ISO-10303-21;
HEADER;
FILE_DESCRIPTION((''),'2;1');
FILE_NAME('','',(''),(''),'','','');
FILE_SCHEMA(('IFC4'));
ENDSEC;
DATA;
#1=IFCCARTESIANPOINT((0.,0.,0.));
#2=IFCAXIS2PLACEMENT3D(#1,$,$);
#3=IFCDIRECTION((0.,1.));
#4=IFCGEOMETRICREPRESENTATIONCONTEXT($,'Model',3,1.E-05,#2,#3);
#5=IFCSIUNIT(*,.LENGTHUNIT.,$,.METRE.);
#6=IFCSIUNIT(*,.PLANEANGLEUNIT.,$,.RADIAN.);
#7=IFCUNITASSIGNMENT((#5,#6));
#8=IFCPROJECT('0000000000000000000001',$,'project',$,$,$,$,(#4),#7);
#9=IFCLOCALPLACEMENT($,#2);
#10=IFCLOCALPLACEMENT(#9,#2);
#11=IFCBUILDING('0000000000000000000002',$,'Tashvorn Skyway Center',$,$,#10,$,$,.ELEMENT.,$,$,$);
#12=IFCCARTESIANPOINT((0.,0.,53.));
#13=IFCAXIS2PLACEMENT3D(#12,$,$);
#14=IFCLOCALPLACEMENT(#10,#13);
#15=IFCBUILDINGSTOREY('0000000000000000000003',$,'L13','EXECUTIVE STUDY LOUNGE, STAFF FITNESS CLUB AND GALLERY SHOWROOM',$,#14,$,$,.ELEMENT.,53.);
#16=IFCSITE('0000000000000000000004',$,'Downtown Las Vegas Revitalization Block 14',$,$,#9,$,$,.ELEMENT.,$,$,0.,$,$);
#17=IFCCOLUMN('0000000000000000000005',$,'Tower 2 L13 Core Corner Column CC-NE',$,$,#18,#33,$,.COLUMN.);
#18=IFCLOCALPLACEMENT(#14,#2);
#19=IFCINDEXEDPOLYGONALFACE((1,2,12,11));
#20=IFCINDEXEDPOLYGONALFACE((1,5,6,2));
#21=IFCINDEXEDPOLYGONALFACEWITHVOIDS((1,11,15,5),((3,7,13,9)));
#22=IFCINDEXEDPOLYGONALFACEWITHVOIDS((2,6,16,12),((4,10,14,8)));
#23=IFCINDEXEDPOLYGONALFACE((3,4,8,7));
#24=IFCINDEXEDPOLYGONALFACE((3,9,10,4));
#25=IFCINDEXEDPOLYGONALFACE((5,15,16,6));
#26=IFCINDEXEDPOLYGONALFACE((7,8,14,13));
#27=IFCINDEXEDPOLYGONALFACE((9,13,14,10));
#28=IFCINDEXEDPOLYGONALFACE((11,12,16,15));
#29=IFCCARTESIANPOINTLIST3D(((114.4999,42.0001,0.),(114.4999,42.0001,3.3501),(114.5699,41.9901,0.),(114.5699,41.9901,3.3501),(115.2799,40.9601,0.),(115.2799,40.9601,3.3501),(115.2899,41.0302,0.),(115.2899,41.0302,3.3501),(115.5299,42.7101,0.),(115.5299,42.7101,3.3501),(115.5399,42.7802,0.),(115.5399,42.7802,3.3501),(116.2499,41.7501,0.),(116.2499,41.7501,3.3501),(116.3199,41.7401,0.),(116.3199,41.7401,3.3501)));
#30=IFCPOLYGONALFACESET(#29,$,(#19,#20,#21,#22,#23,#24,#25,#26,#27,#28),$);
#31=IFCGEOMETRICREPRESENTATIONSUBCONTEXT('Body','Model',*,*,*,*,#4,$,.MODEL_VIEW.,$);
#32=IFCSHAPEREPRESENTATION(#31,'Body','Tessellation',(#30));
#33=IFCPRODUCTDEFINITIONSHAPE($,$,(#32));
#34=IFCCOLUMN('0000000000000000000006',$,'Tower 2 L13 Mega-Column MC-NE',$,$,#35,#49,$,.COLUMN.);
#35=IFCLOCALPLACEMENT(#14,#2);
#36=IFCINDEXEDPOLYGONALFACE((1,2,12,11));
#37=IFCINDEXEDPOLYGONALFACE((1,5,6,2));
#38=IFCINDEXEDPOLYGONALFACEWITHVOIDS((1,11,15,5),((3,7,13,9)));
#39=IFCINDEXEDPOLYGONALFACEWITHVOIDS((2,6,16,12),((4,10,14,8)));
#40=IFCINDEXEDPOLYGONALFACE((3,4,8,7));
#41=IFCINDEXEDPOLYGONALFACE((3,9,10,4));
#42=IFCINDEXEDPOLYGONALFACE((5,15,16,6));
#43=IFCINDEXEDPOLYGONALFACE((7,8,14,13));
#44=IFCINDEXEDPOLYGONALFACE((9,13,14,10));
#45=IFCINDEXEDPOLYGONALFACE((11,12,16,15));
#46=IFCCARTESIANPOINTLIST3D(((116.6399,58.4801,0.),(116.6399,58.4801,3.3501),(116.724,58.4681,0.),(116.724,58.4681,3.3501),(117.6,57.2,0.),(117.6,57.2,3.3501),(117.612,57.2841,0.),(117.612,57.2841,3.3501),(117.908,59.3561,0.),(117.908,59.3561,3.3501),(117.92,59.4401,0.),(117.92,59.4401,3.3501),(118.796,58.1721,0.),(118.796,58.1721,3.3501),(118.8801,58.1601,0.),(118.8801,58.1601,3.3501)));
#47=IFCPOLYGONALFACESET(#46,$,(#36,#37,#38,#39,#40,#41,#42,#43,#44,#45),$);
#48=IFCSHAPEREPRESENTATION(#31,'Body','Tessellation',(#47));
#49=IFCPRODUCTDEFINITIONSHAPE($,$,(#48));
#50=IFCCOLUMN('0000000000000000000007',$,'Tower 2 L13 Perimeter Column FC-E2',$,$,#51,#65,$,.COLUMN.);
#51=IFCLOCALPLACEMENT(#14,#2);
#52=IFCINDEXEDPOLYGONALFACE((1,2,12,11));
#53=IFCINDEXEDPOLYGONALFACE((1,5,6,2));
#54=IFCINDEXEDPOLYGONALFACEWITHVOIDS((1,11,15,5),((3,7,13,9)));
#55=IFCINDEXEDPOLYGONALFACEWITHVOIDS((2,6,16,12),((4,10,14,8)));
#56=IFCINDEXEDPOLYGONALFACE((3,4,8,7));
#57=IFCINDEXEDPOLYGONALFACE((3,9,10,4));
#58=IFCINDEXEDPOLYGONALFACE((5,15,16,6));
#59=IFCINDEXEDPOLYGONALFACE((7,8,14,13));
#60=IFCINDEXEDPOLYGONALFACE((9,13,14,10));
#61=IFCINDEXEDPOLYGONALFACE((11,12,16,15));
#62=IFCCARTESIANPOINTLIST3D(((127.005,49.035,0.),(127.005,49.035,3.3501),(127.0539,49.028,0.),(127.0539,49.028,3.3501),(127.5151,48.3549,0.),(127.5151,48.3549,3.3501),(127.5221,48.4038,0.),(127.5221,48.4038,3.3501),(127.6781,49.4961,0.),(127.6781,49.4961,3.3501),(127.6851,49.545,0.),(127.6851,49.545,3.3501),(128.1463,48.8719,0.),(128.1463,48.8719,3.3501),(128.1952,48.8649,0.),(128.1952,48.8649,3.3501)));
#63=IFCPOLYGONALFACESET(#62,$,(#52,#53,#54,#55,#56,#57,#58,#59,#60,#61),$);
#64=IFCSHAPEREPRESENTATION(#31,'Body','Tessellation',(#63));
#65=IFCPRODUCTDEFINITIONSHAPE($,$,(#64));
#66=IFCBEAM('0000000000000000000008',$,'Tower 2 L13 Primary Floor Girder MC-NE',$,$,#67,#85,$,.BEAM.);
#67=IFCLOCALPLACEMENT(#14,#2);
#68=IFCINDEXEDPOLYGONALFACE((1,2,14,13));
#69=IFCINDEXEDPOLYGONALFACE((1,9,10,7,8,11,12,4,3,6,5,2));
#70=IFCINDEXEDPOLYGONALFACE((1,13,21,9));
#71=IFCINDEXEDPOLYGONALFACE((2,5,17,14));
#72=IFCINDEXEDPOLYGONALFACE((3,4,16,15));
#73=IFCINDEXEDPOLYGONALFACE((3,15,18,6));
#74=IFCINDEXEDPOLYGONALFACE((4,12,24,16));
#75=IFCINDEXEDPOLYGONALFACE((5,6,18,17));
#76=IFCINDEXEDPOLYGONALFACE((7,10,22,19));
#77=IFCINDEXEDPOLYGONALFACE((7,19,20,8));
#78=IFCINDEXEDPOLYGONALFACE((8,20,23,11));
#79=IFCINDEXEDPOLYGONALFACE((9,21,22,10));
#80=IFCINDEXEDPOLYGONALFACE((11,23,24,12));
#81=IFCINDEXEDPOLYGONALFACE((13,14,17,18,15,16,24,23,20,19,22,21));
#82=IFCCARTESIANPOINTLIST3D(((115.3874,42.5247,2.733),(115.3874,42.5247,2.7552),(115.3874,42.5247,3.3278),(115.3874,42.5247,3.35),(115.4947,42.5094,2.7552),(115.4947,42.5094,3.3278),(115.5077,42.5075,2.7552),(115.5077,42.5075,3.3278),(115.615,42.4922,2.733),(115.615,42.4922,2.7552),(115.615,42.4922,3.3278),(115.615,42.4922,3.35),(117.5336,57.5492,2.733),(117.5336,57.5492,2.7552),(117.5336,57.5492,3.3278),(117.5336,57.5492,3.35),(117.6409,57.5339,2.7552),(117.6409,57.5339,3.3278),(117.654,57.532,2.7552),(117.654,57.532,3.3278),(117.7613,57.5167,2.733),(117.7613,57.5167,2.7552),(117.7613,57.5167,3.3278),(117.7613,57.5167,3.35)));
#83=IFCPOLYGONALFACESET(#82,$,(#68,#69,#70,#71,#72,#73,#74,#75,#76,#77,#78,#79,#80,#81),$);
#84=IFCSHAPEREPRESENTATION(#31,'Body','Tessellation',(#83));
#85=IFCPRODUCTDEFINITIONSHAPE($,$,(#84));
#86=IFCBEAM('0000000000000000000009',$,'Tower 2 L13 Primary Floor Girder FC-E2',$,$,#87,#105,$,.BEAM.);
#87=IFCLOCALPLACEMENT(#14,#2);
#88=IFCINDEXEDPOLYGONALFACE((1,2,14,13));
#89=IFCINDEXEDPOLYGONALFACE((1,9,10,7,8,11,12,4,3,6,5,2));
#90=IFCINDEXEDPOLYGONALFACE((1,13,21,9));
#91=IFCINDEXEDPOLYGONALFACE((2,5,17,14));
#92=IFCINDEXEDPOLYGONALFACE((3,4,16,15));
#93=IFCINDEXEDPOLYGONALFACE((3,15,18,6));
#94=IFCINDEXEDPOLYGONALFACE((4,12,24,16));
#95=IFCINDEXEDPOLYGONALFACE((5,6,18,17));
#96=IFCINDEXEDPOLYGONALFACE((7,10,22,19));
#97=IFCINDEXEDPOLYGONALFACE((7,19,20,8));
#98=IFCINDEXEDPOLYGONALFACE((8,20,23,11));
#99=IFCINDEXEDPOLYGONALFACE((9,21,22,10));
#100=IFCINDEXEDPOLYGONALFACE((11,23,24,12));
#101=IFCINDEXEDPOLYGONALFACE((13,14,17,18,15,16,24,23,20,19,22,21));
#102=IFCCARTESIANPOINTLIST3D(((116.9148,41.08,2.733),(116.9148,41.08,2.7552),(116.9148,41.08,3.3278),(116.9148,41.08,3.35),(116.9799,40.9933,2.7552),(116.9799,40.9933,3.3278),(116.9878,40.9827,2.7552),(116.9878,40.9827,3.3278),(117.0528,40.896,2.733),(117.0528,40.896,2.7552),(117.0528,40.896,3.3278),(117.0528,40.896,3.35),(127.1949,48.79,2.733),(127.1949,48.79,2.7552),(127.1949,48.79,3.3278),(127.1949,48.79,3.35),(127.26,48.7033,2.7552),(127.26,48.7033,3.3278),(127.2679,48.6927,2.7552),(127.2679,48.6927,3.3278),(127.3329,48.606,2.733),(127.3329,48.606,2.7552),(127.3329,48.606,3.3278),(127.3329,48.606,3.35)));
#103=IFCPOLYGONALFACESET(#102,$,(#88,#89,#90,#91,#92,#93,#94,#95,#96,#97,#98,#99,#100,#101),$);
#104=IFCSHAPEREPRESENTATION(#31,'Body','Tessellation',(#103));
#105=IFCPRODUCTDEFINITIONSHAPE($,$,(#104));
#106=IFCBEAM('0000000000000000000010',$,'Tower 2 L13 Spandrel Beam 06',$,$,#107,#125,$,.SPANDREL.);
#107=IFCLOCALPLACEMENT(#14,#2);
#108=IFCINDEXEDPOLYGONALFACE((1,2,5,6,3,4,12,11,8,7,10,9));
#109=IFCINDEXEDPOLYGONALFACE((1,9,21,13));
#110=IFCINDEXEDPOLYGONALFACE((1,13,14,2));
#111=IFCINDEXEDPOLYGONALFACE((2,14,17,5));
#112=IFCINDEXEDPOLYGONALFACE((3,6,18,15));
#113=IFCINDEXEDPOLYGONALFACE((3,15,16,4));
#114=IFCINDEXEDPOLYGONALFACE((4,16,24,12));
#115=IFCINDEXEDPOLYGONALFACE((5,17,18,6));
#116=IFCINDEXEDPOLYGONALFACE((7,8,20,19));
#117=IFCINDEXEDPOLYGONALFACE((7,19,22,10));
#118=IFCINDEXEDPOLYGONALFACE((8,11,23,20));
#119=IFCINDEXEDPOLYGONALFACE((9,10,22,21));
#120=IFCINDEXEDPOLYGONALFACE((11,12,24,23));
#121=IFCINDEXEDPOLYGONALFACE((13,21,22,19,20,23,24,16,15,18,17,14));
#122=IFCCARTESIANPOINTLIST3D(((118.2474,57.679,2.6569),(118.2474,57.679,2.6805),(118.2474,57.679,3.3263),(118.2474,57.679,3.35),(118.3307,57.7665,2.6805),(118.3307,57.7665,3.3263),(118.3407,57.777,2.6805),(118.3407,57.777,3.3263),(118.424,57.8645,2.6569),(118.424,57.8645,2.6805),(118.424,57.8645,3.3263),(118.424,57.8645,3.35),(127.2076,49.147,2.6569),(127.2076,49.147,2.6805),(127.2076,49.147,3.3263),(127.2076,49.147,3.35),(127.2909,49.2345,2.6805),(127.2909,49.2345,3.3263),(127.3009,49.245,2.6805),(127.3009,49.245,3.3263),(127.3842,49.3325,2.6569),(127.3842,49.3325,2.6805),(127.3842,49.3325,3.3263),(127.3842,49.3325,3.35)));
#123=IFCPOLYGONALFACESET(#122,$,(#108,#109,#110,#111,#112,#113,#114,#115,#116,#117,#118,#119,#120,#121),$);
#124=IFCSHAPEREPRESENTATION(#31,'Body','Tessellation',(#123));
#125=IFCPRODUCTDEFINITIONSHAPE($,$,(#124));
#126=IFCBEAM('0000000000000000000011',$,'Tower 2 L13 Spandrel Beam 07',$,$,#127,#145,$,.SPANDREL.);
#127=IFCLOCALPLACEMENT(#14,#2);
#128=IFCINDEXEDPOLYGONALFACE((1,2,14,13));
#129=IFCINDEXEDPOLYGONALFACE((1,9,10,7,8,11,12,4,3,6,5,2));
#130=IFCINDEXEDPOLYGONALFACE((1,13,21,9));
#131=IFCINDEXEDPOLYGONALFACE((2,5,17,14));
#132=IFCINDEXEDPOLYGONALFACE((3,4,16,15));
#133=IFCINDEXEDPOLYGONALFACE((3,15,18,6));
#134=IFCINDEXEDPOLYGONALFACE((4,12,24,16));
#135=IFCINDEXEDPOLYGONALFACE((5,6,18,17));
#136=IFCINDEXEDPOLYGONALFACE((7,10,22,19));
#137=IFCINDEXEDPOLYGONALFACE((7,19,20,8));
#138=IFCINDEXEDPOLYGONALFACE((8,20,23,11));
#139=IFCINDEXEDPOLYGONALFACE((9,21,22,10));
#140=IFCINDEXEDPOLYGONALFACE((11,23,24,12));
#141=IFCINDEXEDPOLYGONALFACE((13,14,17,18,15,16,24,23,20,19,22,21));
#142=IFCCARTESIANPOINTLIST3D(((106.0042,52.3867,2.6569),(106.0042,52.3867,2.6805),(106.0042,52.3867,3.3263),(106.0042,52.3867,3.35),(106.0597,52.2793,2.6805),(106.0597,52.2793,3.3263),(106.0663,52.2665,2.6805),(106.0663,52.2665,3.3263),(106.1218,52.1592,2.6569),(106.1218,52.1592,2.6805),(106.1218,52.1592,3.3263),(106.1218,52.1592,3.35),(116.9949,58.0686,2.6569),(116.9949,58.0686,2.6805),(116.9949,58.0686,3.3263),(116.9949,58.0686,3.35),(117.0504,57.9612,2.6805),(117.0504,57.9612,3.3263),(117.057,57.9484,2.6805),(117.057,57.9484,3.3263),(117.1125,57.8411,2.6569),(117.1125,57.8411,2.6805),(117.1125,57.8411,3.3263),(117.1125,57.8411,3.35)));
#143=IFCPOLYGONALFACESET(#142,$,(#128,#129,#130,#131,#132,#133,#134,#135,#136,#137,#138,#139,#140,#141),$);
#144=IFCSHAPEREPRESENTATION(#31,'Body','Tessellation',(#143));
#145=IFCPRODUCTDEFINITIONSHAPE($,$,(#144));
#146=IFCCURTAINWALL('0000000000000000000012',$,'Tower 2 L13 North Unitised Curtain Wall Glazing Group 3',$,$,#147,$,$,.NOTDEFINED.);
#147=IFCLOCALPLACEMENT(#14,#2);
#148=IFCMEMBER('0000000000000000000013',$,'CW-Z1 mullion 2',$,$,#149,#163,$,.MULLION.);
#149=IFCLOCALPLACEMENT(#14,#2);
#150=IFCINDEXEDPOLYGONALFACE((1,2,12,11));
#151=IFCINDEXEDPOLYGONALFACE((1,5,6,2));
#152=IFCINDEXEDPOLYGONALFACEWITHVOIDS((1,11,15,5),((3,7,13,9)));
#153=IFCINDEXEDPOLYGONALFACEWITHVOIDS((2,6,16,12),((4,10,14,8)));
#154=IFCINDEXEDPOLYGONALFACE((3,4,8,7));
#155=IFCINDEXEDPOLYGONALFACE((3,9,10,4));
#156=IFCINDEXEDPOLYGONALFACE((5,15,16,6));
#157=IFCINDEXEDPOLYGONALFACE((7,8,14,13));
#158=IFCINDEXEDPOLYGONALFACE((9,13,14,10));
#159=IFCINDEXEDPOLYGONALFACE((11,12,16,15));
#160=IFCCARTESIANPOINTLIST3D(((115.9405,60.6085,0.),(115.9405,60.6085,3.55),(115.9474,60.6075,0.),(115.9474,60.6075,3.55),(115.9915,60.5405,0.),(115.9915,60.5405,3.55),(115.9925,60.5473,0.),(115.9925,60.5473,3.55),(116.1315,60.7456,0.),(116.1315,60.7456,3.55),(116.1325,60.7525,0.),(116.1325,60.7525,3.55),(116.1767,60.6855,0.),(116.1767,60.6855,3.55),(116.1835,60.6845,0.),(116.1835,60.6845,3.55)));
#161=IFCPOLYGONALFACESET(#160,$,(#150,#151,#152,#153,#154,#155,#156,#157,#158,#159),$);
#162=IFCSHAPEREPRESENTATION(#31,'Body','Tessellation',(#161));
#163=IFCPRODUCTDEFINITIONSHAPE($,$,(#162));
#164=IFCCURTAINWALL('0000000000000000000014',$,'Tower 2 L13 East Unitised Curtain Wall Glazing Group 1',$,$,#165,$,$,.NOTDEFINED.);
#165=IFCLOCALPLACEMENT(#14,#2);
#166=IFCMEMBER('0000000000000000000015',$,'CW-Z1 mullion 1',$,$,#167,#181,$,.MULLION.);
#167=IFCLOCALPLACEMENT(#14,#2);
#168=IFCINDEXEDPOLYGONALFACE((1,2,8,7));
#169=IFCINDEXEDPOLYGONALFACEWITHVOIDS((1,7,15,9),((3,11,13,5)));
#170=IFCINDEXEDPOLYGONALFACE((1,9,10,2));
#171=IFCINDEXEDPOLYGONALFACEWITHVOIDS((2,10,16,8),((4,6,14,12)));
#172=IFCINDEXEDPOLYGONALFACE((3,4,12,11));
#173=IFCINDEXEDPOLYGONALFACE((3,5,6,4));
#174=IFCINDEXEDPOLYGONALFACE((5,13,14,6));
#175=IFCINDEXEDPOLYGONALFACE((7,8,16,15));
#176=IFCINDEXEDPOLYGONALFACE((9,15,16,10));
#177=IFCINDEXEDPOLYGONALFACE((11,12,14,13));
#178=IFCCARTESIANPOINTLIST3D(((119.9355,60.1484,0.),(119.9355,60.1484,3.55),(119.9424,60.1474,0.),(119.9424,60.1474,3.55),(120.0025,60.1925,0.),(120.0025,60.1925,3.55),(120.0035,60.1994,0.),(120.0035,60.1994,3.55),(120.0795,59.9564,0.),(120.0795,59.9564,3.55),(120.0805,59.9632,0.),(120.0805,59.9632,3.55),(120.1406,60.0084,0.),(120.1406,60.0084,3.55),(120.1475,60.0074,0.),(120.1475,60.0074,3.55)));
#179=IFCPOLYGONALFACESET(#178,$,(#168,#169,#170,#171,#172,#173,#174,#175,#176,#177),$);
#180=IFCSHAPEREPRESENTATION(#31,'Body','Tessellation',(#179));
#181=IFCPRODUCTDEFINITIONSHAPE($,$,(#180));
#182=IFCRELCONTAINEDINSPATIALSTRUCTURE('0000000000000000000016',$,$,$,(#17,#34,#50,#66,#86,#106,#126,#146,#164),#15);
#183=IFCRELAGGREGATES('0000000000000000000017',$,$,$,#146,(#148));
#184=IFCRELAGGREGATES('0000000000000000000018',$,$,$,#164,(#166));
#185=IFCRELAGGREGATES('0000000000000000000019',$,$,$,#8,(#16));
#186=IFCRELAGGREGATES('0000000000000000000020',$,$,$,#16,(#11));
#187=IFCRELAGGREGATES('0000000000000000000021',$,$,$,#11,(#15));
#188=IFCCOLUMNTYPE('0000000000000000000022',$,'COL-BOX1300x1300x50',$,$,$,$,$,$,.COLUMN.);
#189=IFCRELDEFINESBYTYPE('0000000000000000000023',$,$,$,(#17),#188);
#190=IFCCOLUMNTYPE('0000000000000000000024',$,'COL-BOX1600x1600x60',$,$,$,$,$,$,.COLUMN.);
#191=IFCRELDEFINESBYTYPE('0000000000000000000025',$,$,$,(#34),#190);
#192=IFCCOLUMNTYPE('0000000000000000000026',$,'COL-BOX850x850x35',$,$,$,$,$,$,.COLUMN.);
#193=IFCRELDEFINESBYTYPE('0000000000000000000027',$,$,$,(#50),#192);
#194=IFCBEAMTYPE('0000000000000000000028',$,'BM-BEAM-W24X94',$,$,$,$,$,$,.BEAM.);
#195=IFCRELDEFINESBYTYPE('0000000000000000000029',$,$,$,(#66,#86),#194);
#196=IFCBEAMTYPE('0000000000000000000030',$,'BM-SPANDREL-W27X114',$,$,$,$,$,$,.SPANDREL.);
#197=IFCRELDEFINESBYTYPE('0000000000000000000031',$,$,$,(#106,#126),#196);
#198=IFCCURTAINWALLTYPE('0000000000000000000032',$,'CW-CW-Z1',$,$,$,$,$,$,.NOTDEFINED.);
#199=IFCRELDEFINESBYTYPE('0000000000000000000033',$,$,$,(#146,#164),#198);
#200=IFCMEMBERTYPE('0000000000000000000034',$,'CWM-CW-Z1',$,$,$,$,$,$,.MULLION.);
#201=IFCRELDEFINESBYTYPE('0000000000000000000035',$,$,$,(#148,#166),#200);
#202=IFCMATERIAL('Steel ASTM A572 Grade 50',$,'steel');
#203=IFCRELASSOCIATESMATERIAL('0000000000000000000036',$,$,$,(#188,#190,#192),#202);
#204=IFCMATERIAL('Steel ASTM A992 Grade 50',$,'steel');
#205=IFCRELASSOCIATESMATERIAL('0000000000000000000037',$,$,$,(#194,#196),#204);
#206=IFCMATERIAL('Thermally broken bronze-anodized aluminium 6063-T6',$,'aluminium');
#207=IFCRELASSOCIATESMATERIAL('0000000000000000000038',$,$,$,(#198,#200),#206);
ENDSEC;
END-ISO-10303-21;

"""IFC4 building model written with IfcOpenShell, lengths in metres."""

from ifc_helpers import new_model, si_unit, direction, frame, origin, origin_2d, place, context, subcontext, project, spatial, hollow_rectangle, i_section, extrude, material, material_profile, profile_set, type_object, element, aggregate, save


model = new_model("IFC4")

# Units and contexts
model_context = context("Model", 3, precision=1e-05, world=origin(), true_north=direction((0.0, 1.0)))
body_context = subcontext(model_context, "Body", "Model", "MODEL_VIEW")
ifc_project = project(units=[si_unit("LENGTHUNIT", "METRE"), si_unit("PLANEANGLEUNIT", "RADIAN")], contexts=[model_context])

# Site, building, storey
site_placement = place(None, origin())
site = spatial("IfcSite", under=ifc_project, at=site_placement, Name="Downtown Las Vegas Revitalization Block 14", CompositionType="ELEMENT", RefElevation=0.0)
building_placement = place(site_placement, origin())
building = spatial("IfcBuilding", under=site, at=building_placement, Name="Tashvorn Skyway Center", CompositionType="ELEMENT")
storey_placement = place(building_placement, frame((0.0, 0.0, 53.0)))
storey = spatial("IfcBuildingStorey", under=building, at=storey_placement, Name="L13", Description="EXECUTIVE STUDY LOUNGE, STAFF FITNESS CLUB AND GALLERY SHOWROOM", CompositionType="ELEMENT", Elevation=53.0)

# Columns
ifc_material_1 = material(Name="Steel ASTM A572 Grade 50", Category="steel")
ifc_material_profile_1 = material_profile(ifc_material_1, hollow_rectangle(XDim=1.3, YDim=1.3, WallThickness=0.05, at=origin_2d()), Name="BOX1300x1300x50")
ifc_profile_set_1 = profile_set([ifc_material_profile_1], Name="Steel ASTM A572 Grade 50")
column_type_1 = type_object("IfcColumnType", Name="COL-BOX1300x1300x50", PredefinedType="COLUMN", material=ifc_profile_set_1)
column_1_placement = place(storey_placement, frame((115.4099, 41.8701, 0.0), z_axis=(0.0, 0.0, 1.0), x_axis=(0.8, 0.6, 0.0)))
element("IfcColumn", 1, at=column_1_placement, inside=storey, type_object=column_type_1, Name="Tower 2 L13 Core Corner Column CC-NE", PredefinedType="COLUMN", context=body_context, shape_type="SweptSolid", body=[
    extrude(hollow_rectangle(XDim=1.3, YDim=1.3, WallThickness=0.05, at=origin_2d()), origin(), (0.0, 0.0, 1.0), 3.3501),
])
ifc_material_profile_2 = material_profile(ifc_material_1, hollow_rectangle(XDim=1.6001, YDim=1.6001, WallThickness=0.0601, at=origin_2d()), Name="BOX1600x1600x60")
ifc_profile_set_2 = profile_set([ifc_material_profile_2], Name="Steel ASTM A572 Grade 50")
column_type_2 = type_object("IfcColumnType", Name="COL-BOX1600x1600x60", PredefinedType="COLUMN", material=ifc_profile_set_2)
column_2_placement = place(storey_placement, frame((117.76, 58.3201, 0.0), z_axis=(0.0, 0.0, 1.0), x_axis=(0.8, 0.6, 0.0)))
element("IfcColumn", 2, at=column_2_placement, inside=storey, type_object=column_type_2, Name="Tower 2 L13 Mega-Column MC-NE", PredefinedType="COLUMN", context=body_context, shape_type="SweptSolid", body=[
    extrude(hollow_rectangle(XDim=1.6001, YDim=1.6001, WallThickness=0.0601, at=origin_2d()), origin(), (0.0, 0.0, 1.0), 3.3501),
])
ifc_material_profile_3 = material_profile(ifc_material_1, hollow_rectangle(XDim=0.8501, YDim=0.8501, WallThickness=0.0349, at=origin_2d()), Name="BOX850x850x35")
ifc_profile_set_3 = profile_set([ifc_material_profile_3], Name="Steel ASTM A572 Grade 50")
column_type_3 = type_object("IfcColumnType", Name="COL-BOX850x850x35", PredefinedType="COLUMN", material=ifc_profile_set_3)
column_3_placement = place(storey_placement, frame((127.6001, 48.95, 0.0), z_axis=(0.0, 0.0, 1.0), x_axis=(0.8, 0.6, 0.0)))
element("IfcColumn", 3, at=column_3_placement, inside=storey, type_object=column_type_3, Name="Tower 2 L13 Perimeter Column FC-E2", PredefinedType="COLUMN", context=body_context, shape_type="SweptSolid", body=[
    extrude(hollow_rectangle(XDim=0.8501, YDim=0.8501, WallThickness=0.0349, at=origin_2d()), origin(), (0.0, 0.0, 1.0), 3.3501),
])

# Beams
ifc_material_2 = material(Name="Steel ASTM A992 Grade 50", Category="steel")
ifc_material_profile_4 = material_profile(ifc_material_2, i_section(OverallWidth=0.23, OverallDepth=0.6169, WebThickness=0.0132, FlangeThickness=0.0222, at=origin_2d()), Name="W24X94")
ifc_profile_set_4 = profile_set([ifc_material_profile_4], Name="Steel ASTM A992 Grade 50")
beam_type_1 = type_object("IfcBeamType", Name="BM-BEAM-W24X94", PredefinedType="BEAM", material=ifc_profile_set_4)
beam_1_placement = place(storey_placement, frame((117.6475, 57.533, 3.0415), z_axis=(-0.141415, -0.98995, 0.0), x_axis=(0.98995, -0.141415, 0.0)))
element("IfcBeam", 4, at=beam_1_placement, inside=storey, type_object=beam_type_1, Name="Tower 2 L13 Primary Floor Girder MC-NE", PredefinedType="BEAM", context=body_context, shape_type="SweptSolid", body=[
    extrude(i_section(OverallWidth=0.23, OverallDepth=0.6169, WebThickness=0.0132, FlangeThickness=0.0222, at=origin_2d()), origin(), (0.0, 0.0, 1.0), 15.177),
])
beam_2_placement = place(storey_placement, frame((127.2639, 48.698, 3.0415), z_axis=(-0.800002, -0.599997, 0.0), x_axis=(0.599997, -0.800002, 0.0)))
element("IfcBeam", 5, at=beam_2_placement, inside=storey, type_object=beam_type_1, Name="Tower 2 L13 Primary Floor Girder FC-E2", PredefinedType="BEAM", context=body_context, shape_type="SweptSolid", body=[
    extrude(i_section(OverallWidth=0.23, OverallDepth=0.6169, WebThickness=0.0132, FlangeThickness=0.0222, at=origin_2d()), origin(), (0.0, 0.0, 1.0), 12.8501),
])
ifc_material_profile_5 = material_profile(ifc_material_2, i_section(OverallWidth=0.2561, OverallDepth=0.6931, WebThickness=0.0144, FlangeThickness=0.0237, at=origin_2d()), Name="W27X114")
ifc_profile_set_5 = profile_set([ifc_material_profile_5], Name="Steel ASTM A992 Grade 50")
beam_type_2 = type_object("IfcBeamType", Name="BM-SPANDREL-W27X114", PredefinedType="SPANDREL", material=ifc_profile_set_5)
for number, where, z_axis, x_axis, name in (
    (6, (127.2959, 49.2397, 3.0034), (-0.7242, 0.68959, 0.0), (-0.68959, -0.7242, 0.0), "Tower 2 L13 Spandrel Beam 06"),
    (7, (117.0537, 57.9548, 3.0034), (-0.888316, -0.459233, 0.0), (0.459233, -0.888316, 0.0), "Tower 2 L13 Spandrel Beam 07"),
):
    element("IfcBeam", number, at=place(storey_placement, frame(where, z_axis=z_axis, x_axis=x_axis)), inside=storey, type_object=beam_type_2, Name=name, PredefinedType="SPANDREL", context=body_context, shape_type="SweptSolid", body=[
        extrude(i_section(OverallWidth=0.2561, OverallDepth=0.6931, WebThickness=0.0144, FlangeThickness=0.0237, at=origin_2d()), origin(), (0.0, 0.0, 1.0), 12.3726),
    ])

# Curtain wall, member
ifc_material_3 = material(Name="Thermally broken bronze-anodized aluminium 6063-T6", Category="aluminium")
curtain_wall_type = type_object("IfcCurtainWallType", Name="CW-CW-Z1", PredefinedType="NOTDEFINED", material=ifc_material_3)
curtain_wall_1_placement = place(storey_placement, origin())
curtain_wall_1 = element("IfcCurtainWall", 8, at=curtain_wall_1_placement, inside=storey, type_object=curtain_wall_type, Name="Tower 2 L13 North Unitised Curtain Wall Glazing Group 3", PredefinedType="NOTDEFINED")
ifc_material_profile_6 = material_profile(ifc_material_3, hollow_rectangle(XDim=0.085, YDim=0.24, WallThickness=0.0049, at=origin_2d()), Name="ALU-MULL-85x240")
ifc_profile_set_6 = profile_set([ifc_material_profile_6], Name="Thermally broken bronze-anodized aluminium 6063-T6")
member_type_1 = type_object("IfcMemberType", Name="CWM-CW-Z1", PredefinedType="MULLION", material=ifc_profile_set_6)
member_1_placement = place(storey_placement, frame((116.062, 60.6465, 0.0), z_axis=(0.0, 0.0, 1.0), x_axis=(-0.600005, 0.799996, 0.0)))
member_1 = element("IfcMember", 9, at=member_1_placement, type_object=member_type_1, Name="CW-Z1 mullion 2", PredefinedType="MULLION", context=body_context, shape_type="SweptSolid", body=[
    extrude(hollow_rectangle(XDim=0.085, YDim=0.24, WallThickness=0.0049, at=origin_2d()), origin(), (0.0, 0.0, 1.0), 3.55),
])

# Curtain wall, member
curtain_wall_2_placement = place(storey_placement, origin())
curtain_wall_2 = element("IfcCurtainWall", 10, at=curtain_wall_2_placement, inside=storey, type_object=curtain_wall_type, Name="Tower 2 L13 East Unitised Curtain Wall Glazing Group 1", PredefinedType="NOTDEFINED")
member_2_placement = place(storey_placement, frame((120.0415, 60.0779, 0.0), z_axis=(0.0, 0.0, 1.0), x_axis=(0.799996, 0.600005, 0.0)))
member_2 = element("IfcMember", 11, at=member_2_placement, type_object=member_type_1, Name="CW-Z1 mullion 1", PredefinedType="MULLION", context=body_context, shape_type="SweptSolid", body=[
    extrude(hollow_rectangle(XDim=0.085, YDim=0.24, WallThickness=0.0049, at=origin_2d()), origin(), (0.0, 0.0, 1.0), 3.55),
])

aggregate(curtain_wall_1, [member_1])
aggregate(curtain_wall_2, [member_2])

save(model, "model.ifc")
